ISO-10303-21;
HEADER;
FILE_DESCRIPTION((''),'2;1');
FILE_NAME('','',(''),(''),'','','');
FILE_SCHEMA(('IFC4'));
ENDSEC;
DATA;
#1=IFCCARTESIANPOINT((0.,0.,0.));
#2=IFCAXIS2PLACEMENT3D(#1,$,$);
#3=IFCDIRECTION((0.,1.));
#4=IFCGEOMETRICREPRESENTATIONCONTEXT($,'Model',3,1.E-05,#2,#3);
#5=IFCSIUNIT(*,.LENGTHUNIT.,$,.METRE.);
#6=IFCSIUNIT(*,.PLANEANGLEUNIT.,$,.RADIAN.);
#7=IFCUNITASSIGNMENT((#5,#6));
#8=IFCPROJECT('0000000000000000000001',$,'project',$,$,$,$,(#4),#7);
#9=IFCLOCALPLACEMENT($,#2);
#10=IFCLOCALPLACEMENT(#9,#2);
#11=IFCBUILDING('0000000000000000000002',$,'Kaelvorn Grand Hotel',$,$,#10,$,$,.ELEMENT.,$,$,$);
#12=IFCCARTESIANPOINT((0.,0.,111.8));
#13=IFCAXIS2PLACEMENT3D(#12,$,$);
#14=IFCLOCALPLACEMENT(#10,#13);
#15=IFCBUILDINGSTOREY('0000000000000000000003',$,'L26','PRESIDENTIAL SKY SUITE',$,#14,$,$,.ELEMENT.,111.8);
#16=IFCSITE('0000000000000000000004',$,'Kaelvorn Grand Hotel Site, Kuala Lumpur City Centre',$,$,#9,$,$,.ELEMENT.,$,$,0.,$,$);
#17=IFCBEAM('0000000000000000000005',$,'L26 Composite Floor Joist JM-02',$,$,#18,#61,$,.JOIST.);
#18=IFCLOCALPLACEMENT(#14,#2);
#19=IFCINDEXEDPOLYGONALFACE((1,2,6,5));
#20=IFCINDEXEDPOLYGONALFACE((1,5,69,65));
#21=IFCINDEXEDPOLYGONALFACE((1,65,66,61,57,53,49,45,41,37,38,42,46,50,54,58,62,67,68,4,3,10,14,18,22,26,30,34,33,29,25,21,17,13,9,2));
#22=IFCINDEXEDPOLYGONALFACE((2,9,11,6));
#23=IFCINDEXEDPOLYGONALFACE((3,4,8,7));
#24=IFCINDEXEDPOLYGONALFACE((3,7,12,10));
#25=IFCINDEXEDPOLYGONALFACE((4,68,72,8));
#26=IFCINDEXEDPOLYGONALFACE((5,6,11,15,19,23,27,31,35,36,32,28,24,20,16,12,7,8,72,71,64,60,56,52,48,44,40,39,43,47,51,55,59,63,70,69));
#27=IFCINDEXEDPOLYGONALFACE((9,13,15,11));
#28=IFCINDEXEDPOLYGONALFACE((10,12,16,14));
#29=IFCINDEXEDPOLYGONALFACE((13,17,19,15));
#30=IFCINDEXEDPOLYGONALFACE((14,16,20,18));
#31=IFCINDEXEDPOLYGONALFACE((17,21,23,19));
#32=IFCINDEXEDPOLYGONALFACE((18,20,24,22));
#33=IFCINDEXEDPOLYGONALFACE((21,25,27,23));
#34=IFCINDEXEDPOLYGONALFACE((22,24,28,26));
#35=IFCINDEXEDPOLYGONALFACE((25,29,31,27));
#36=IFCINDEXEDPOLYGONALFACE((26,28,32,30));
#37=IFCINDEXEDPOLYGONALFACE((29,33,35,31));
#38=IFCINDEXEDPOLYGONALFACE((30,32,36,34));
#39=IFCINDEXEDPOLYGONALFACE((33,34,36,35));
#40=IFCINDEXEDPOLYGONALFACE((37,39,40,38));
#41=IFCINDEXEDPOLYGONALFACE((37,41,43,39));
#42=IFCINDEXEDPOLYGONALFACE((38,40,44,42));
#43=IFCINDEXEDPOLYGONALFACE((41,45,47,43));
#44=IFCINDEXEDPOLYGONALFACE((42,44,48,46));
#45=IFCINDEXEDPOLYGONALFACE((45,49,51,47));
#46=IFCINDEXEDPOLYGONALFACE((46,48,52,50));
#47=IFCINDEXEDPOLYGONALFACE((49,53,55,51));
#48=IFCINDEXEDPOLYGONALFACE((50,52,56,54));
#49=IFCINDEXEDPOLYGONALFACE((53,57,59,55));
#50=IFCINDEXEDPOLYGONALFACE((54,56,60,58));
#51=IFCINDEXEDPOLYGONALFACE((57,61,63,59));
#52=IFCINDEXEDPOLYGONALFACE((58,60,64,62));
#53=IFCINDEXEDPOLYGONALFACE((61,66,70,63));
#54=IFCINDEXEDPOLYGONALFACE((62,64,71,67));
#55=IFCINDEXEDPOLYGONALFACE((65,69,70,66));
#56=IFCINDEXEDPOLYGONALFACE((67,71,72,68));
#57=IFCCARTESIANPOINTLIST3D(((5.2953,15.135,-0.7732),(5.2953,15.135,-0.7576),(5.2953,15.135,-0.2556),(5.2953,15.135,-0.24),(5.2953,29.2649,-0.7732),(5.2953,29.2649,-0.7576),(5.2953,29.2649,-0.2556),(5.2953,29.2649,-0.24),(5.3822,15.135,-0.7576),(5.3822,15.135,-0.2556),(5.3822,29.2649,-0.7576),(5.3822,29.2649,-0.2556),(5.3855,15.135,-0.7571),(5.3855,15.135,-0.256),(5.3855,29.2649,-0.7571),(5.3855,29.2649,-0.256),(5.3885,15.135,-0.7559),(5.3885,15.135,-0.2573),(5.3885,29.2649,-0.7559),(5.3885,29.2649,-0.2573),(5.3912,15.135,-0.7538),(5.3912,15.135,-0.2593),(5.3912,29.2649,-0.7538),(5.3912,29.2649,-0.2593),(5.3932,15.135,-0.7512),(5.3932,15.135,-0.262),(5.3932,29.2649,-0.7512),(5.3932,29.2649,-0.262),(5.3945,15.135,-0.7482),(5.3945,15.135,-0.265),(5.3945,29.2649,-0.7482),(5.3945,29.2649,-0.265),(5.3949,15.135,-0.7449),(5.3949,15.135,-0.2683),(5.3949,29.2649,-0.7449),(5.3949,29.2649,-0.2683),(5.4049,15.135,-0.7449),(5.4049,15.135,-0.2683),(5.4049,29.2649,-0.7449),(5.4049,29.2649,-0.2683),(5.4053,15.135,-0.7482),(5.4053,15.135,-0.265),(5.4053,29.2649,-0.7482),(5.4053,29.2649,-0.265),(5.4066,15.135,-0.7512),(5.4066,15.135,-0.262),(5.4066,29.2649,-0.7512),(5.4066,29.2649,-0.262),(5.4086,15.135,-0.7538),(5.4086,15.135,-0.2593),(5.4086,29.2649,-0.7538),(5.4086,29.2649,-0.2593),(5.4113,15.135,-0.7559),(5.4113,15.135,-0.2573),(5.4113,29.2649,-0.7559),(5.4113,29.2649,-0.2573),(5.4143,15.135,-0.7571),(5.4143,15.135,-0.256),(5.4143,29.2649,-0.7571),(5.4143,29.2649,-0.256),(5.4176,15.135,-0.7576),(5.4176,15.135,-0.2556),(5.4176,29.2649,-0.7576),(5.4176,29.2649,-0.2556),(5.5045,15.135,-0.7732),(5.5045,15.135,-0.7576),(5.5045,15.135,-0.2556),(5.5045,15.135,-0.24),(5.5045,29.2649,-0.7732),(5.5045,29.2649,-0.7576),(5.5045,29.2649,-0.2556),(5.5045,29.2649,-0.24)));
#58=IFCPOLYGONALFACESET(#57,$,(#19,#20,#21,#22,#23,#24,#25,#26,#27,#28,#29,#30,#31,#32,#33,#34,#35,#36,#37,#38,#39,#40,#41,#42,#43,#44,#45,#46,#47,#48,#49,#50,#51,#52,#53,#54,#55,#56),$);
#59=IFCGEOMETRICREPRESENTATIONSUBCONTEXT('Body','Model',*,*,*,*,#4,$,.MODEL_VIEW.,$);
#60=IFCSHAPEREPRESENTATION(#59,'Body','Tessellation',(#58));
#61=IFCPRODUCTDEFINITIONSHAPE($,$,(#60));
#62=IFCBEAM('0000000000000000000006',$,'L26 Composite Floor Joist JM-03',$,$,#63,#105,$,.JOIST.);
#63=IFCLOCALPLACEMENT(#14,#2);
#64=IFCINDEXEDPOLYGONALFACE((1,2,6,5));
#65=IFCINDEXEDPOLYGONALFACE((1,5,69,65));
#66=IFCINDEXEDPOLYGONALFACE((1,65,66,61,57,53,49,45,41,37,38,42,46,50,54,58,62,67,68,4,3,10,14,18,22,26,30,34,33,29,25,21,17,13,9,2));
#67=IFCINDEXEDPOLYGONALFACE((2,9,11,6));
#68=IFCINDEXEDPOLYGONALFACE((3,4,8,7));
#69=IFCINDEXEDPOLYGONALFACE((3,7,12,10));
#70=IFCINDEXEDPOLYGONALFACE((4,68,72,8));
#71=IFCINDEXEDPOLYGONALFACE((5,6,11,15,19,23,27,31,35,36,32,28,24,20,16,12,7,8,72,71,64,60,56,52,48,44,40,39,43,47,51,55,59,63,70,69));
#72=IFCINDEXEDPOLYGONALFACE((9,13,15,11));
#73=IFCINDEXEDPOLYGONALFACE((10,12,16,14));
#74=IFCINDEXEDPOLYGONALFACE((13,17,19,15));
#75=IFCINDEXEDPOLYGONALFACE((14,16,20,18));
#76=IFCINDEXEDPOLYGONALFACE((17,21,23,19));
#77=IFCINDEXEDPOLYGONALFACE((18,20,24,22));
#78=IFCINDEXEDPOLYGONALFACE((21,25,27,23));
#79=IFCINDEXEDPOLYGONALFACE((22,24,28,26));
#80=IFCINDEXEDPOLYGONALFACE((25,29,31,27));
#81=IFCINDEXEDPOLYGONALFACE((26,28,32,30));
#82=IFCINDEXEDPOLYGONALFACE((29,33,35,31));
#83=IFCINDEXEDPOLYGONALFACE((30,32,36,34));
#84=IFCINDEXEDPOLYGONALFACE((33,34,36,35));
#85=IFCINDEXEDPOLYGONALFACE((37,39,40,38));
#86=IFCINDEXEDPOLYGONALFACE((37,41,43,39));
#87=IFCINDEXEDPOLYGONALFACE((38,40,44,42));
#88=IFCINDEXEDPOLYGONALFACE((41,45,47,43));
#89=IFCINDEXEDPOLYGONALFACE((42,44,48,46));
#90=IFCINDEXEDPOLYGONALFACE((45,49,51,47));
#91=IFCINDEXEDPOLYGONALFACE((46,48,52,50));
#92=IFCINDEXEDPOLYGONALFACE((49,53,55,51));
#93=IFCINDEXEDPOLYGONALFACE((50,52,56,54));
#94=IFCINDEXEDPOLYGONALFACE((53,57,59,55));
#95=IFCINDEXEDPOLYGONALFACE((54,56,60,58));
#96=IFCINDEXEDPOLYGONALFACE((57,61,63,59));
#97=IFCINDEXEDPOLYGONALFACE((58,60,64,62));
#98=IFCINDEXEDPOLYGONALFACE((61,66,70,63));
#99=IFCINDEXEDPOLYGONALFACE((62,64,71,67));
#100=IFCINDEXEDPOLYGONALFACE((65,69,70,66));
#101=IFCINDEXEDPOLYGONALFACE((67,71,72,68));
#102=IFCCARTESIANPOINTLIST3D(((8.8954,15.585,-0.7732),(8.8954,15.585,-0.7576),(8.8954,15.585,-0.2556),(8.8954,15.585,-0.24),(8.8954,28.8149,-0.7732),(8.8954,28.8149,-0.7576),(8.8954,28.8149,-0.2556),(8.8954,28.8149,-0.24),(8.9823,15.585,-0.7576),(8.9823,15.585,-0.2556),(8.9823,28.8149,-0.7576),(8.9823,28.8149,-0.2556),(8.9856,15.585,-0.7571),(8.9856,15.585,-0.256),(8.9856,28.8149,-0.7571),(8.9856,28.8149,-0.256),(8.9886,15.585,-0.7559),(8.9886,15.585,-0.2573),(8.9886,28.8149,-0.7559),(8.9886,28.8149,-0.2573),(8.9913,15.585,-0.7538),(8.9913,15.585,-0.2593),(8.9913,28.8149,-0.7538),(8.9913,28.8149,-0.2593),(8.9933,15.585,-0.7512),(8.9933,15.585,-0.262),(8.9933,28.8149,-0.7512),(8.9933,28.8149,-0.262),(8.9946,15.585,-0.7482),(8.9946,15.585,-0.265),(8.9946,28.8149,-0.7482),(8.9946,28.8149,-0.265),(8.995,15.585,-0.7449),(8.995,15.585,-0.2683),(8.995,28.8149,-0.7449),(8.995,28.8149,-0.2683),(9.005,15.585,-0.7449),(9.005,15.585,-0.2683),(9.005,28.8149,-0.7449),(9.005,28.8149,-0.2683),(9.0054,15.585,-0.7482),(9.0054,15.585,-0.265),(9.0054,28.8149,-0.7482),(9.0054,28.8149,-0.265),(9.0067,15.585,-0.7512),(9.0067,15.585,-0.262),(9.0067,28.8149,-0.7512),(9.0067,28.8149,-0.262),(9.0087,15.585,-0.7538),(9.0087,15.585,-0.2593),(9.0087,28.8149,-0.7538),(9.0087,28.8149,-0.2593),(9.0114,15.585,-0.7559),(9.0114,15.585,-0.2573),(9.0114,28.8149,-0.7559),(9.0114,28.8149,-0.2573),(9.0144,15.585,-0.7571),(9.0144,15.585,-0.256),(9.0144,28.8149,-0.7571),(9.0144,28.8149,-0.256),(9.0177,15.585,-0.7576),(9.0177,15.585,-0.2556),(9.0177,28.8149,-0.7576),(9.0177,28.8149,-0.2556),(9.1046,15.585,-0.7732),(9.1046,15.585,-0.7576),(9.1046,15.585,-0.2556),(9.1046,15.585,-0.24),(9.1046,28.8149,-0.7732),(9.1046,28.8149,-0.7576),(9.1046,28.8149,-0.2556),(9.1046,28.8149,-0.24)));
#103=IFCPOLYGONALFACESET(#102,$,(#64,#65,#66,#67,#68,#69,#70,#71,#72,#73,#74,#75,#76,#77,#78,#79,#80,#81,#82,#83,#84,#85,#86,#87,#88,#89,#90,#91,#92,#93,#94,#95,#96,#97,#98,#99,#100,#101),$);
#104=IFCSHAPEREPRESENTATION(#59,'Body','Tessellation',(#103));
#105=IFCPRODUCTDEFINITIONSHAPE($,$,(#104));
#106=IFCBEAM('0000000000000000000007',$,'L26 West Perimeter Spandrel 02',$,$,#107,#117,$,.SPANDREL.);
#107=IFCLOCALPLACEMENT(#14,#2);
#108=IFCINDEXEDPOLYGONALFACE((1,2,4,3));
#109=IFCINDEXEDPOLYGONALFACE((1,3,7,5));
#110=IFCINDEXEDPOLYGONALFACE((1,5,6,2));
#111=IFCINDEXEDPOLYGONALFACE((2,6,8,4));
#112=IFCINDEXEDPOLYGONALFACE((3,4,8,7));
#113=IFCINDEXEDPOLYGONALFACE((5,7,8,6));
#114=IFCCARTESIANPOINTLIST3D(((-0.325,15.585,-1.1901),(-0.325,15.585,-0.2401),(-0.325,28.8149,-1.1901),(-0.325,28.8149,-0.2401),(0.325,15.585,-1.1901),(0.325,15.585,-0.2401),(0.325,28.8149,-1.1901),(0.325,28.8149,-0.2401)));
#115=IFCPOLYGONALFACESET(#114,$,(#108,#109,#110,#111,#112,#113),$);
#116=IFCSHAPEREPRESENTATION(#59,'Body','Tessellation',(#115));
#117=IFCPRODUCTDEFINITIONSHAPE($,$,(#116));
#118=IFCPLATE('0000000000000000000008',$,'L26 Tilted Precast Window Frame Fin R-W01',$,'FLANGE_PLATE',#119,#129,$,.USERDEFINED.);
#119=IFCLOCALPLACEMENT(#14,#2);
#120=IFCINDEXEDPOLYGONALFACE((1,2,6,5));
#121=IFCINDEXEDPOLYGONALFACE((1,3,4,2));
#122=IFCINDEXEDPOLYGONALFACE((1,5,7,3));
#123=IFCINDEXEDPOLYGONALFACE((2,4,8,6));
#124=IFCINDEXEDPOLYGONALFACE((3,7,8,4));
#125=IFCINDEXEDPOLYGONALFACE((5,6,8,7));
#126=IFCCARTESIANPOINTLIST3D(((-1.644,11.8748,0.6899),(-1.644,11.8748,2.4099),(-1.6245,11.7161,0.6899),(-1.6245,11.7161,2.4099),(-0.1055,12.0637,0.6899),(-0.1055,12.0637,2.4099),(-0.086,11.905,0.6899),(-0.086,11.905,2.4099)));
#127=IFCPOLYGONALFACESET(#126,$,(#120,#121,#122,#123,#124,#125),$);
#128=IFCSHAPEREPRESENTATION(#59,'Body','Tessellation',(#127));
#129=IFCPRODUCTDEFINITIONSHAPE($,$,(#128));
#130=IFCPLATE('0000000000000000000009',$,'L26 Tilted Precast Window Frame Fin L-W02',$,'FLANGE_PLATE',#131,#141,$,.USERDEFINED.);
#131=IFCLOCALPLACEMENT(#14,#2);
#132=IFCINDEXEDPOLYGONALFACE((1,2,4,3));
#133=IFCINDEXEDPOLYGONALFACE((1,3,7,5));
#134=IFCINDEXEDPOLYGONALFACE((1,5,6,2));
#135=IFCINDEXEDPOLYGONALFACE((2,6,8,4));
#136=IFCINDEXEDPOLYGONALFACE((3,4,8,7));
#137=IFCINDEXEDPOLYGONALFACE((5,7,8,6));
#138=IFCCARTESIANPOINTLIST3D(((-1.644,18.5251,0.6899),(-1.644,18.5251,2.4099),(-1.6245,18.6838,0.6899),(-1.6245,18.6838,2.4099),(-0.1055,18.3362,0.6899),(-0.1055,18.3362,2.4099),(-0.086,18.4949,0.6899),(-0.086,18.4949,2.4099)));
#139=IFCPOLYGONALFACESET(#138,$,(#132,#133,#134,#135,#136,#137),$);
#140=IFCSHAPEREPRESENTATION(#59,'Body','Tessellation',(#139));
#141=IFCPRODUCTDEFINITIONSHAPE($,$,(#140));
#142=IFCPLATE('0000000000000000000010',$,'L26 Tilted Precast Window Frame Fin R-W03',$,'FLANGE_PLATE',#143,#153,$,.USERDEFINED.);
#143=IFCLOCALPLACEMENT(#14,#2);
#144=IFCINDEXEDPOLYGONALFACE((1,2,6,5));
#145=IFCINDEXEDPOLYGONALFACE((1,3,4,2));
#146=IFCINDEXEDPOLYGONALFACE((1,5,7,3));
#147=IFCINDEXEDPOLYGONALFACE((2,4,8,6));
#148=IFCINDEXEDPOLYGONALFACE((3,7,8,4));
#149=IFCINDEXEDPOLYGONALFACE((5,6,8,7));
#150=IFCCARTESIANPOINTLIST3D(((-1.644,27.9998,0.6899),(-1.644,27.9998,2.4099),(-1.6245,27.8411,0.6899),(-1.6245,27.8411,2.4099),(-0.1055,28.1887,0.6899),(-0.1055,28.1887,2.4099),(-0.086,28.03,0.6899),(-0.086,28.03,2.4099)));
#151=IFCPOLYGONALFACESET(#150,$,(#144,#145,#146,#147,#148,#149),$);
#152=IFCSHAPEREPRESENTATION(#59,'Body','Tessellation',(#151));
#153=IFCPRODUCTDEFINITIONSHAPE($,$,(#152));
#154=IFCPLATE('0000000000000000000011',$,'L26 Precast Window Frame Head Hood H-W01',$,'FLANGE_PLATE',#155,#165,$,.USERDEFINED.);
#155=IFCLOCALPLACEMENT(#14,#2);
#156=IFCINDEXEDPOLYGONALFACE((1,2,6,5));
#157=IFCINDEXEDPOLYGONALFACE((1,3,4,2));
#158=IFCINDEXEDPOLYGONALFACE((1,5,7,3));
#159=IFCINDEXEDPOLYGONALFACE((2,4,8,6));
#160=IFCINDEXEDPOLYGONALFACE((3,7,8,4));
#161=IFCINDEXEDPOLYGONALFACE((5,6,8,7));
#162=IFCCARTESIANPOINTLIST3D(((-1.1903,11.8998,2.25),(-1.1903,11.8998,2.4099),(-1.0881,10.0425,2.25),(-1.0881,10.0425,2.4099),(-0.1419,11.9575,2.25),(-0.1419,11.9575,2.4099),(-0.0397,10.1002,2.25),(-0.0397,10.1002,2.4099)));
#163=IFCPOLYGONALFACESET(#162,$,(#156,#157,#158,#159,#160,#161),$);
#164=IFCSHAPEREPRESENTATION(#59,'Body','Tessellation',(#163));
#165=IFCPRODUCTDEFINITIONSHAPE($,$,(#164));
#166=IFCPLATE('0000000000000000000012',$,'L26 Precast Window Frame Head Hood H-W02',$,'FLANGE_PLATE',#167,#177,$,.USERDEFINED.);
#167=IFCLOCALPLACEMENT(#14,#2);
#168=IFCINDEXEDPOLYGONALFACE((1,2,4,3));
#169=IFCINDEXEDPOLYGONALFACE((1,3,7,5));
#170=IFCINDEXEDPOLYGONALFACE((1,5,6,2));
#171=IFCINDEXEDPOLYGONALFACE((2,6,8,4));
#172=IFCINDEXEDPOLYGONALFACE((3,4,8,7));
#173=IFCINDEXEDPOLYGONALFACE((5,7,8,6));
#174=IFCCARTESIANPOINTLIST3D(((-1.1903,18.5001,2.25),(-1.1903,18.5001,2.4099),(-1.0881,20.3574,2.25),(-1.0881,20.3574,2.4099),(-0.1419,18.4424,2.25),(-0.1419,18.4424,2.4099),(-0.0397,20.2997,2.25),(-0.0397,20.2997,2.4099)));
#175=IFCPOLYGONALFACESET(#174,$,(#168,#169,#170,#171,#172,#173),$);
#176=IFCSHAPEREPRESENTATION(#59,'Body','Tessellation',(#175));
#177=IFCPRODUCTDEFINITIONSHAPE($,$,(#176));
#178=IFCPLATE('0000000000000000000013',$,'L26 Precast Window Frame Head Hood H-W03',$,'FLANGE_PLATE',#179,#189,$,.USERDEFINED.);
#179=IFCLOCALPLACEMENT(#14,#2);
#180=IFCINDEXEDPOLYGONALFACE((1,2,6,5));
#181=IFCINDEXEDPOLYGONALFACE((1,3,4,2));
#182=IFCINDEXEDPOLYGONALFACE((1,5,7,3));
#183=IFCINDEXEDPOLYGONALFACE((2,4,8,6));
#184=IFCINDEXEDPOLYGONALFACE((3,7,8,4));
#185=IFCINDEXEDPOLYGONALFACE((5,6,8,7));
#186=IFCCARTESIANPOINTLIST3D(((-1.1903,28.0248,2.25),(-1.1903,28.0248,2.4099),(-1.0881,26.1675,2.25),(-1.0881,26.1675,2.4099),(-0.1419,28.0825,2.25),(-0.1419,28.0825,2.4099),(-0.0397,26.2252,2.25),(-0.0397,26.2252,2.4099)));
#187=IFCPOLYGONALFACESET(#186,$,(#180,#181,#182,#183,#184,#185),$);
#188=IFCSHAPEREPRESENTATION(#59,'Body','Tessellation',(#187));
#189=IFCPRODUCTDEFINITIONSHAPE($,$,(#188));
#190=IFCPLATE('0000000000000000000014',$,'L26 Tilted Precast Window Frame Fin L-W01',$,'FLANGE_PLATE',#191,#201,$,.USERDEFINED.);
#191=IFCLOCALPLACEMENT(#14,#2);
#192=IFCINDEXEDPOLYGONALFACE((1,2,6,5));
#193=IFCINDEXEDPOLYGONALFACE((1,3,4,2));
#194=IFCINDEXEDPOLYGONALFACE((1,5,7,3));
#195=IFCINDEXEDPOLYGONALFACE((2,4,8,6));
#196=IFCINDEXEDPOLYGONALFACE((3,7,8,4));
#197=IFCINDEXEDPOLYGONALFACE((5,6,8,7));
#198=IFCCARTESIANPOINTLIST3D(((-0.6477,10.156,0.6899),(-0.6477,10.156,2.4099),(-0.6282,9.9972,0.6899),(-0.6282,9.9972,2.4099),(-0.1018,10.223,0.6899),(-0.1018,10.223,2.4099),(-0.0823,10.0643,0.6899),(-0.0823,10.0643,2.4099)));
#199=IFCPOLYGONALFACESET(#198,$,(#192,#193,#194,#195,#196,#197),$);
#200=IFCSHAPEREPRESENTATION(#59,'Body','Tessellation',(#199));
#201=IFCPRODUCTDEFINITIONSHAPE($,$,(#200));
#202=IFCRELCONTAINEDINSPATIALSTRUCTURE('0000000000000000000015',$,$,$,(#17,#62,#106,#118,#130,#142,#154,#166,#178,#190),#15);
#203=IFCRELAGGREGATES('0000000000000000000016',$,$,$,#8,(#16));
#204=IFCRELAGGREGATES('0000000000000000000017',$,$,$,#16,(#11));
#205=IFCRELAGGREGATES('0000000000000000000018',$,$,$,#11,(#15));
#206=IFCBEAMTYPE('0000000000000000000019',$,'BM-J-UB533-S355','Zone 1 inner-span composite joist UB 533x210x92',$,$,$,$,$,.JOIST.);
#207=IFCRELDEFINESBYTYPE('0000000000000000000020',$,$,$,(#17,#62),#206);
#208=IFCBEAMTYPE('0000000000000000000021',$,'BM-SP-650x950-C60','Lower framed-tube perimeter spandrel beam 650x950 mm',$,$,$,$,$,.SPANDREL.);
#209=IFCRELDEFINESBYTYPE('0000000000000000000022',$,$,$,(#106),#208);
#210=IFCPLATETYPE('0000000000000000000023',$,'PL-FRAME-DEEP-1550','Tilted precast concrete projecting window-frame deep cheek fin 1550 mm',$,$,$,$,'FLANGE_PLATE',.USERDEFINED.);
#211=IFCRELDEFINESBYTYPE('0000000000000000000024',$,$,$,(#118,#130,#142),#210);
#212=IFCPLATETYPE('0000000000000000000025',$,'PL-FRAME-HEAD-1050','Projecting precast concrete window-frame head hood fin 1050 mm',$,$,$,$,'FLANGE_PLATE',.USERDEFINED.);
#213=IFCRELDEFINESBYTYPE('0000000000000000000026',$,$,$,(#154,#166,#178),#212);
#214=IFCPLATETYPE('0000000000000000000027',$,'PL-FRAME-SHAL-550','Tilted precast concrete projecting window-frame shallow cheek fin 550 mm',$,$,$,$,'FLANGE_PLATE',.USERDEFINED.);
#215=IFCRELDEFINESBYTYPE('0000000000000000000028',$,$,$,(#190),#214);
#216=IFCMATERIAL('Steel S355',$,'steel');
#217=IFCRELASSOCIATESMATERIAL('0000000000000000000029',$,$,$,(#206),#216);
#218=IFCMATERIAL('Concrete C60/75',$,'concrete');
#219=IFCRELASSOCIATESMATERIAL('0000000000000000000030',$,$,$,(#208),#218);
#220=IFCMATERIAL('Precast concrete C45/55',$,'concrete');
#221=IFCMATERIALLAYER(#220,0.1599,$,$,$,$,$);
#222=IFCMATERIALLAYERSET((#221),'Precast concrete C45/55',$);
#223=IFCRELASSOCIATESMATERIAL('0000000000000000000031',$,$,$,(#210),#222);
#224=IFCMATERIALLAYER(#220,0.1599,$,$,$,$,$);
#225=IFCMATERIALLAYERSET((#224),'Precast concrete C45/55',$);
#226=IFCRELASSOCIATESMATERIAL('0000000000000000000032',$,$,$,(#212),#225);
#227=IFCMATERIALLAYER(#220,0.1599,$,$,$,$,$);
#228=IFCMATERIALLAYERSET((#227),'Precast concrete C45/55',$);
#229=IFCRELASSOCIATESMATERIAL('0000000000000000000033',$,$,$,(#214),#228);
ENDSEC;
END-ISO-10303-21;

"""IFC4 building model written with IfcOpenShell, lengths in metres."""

from ifc_helpers import new_model, si_unit, direction, frame, origin, origin_2d, place, context, subcontext, project, spatial, rectangle, i_section, extrude, material, layer, layer_set, material_profile, profile_set, type_object, element, save


model = new_model("IFC4")

# Units and contexts
model_context = context("Model", 3, precision=1e-05, world=origin(), true_north=direction((0.0, 1.0)))
body_context = subcontext(model_context, "Body", "Model", "MODEL_VIEW")
ifc_project = project(units=[si_unit("LENGTHUNIT", "METRE"), si_unit("PLANEANGLEUNIT", "RADIAN")], contexts=[model_context])

# Site, building, storey
site_placement = place(None, origin())
site = spatial("IfcSite", under=ifc_project, at=site_placement, Name="Kaelvorn Grand Hotel Site, Kuala Lumpur City Centre", CompositionType="ELEMENT", RefElevation=0.0)
building_placement = place(site_placement, origin())
building = spatial("IfcBuilding", under=site, at=building_placement, Name="Kaelvorn Grand Hotel", CompositionType="ELEMENT")
storey_placement = place(building_placement, frame((0.0, 0.0, 111.8)))
storey = spatial("IfcBuildingStorey", under=building, at=storey_placement, Name="L26", Description="PRESIDENTIAL SKY SUITE", CompositionType="ELEMENT", Elevation=111.8)

# Shared definitions
ifc_material_1 = material(Name="Concrete C60/75", Category="concrete")

# Beams
ifc_material_2 = material(Name="Steel S355", Category="steel")
ifc_material_profile_1 = material_profile(ifc_material_2, i_section(OverallWidth=0.2092, OverallDepth=0.5332, WebThickness=0.01, FlangeThickness=0.0156, FilletRadius=0.0127, at=origin_2d()), Name="UB 533x210x92")
ifc_profile_set_1 = profile_set([ifc_material_profile_1], Name="Steel S355")
beam_type_1 = type_object("IfcBeamType", Name="BM-J-UB533-S355", Description="Zone 1 inner-span composite joist UB 533x210x92", PredefinedType="JOIST", material=ifc_profile_set_1)
beam_1_placement = place(storey_placement, frame((5.3999, 15.135, -0.5066), z_axis=(0.0, 1.0, 0.0), x_axis=(-1.0, 0.0, 0.0)))
element("IfcBeam", 1, at=beam_1_placement, inside=storey, type_object=beam_type_1, Name="L26 Composite Floor Joist JM-02", PredefinedType="JOIST", context=body_context, shape_type="SweptSolid", body=[
    extrude(i_section(OverallWidth=0.2092, OverallDepth=0.5332, WebThickness=0.01, FlangeThickness=0.0156, FilletRadius=0.0127, at=origin_2d()), origin(), (0.0, 0.0, 1.0), 14.1299),
])
beam_2_placement = place(storey_placement, frame((9.0, 15.585, -0.5066), z_axis=(0.0, 1.0, 0.0), x_axis=(-1.0, 0.0, 0.0)))
element("IfcBeam", 2, at=beam_2_placement, inside=storey, type_object=beam_type_1, Name="L26 Composite Floor Joist JM-03", PredefinedType="JOIST", context=body_context, shape_type="SweptSolid", body=[
    extrude(i_section(OverallWidth=0.2092, OverallDepth=0.5332, WebThickness=0.01, FlangeThickness=0.0156, FilletRadius=0.0127, at=origin_2d()), origin(), (0.0, 0.0, 1.0), 13.23),
])
ifc_material_profile_2 = material_profile(ifc_material_1, rectangle(XDim=0.6499, YDim=0.95, at=origin_2d()), Name="RC SPANDREL 650x950")
ifc_profile_set_2 = profile_set([ifc_material_profile_2], Name="Concrete C60/75")
beam_type_2 = type_object("IfcBeamType", Name="BM-SP-650x950-C60", Description="Lower framed-tube perimeter spandrel beam 650x950 mm", PredefinedType="SPANDREL", material=ifc_profile_set_2)
beam_3_placement = place(storey_placement, frame((0.0, 15.585, -0.7151), z_axis=(0.0, 1.0, 0.0), x_axis=(-1.0, 0.0, 0.0)))
element("IfcBeam", 3, at=beam_3_placement, inside=storey, type_object=beam_type_2, Name="L26 West Perimeter Spandrel 02", PredefinedType="SPANDREL", context=body_context, shape_type="SweptSolid", body=[
    extrude(rectangle(XDim=0.6499, YDim=0.95, at=origin_2d()), origin(), (0.0, 0.0, 1.0), 13.23),
])

# Plates
ifc_material_3 = material(Name="Precast concrete C45/55", Category="concrete")
ifc_layer_1 = layer(ifc_material_3, 0.1599)
ifc_layer_set_1 = layer_set([ifc_layer_1], Name="Precast concrete C45/55")
plate_type_1 = type_object("IfcPlateType", Name="PL-FRAME-DEEP-1550", Description="Tilted precast concrete projecting window-frame deep cheek fin 1550 mm", ElementType="FLANGE_PLATE", PredefinedType="USERDEFINED", material=ifc_layer_set_1)
for number, where, z_axis, x_axis, name in (
    (4, (-0.865, 11.8899, 0.6899), (0.0, 0.0, 1.0), (-0.121869, 0.992546, 0.0), "L26 Tilted Precast Window Frame Fin R-W01"),
    (5, (-0.865, 18.51, 0.6899), (0.0, 0.0, 1.0), (0.121869, 0.992546, 0.0), "L26 Tilted Precast Window Frame Fin L-W02"),
    (6, (-0.865, 28.0149, 0.6899), (0.0, 0.0, 1.0), (-0.121869, 0.992546, 0.0), "L26 Tilted Precast Window Frame Fin R-W03"),
):
    element("IfcPlate", number, at=place(storey_placement, frame(where, z_axis=z_axis, x_axis=x_axis)), inside=storey, type_object=plate_type_1, Name=name, ObjectType="FLANGE_PLATE", PredefinedType="USERDEFINED", context=body_context, shape_type="SweptSolid", body=[
        extrude(rectangle(XDim=0.1599, YDim=1.55, at=origin_2d()), origin(), (0.0, 0.0, 1.0), 1.72),
    ])
ifc_layer_2 = layer(ifc_material_3, 0.1599)
ifc_layer_set_2 = layer_set([ifc_layer_2], Name="Precast concrete C45/55")
plate_type_2 = type_object("IfcPlateType", Name="PL-FRAME-HEAD-1050", Description="Projecting precast concrete window-frame head hood fin 1050 mm", ElementType="FLANGE_PLATE", PredefinedType="USERDEFINED", material=ifc_layer_set_2)
for number, where, z_axis, x_axis, name in (
    (7, (-0.615, 11.0, 2.25), (0.0, 0.0, 1.0), (-0.05495, 0.998489, 0.0), "L26 Precast Window Frame Head Hood H-W01"),
    (8, (-0.615, 19.3999, 2.25), (0.0, 0.0, 1.0), (0.05495, 0.998489, 0.0), "L26 Precast Window Frame Head Hood H-W02"),
    (9, (-0.615, 27.125, 2.25), (0.0, 0.0, 1.0), (-0.05495, 0.998489, 0.0), "L26 Precast Window Frame Head Hood H-W03"),
):
    element("IfcPlate", number, at=place(storey_placement, frame(where, z_axis=z_axis, x_axis=x_axis)), inside=storey, type_object=plate_type_2, Name=name, ObjectType="FLANGE_PLATE", PredefinedType="USERDEFINED", context=body_context, shape_type="SweptSolid", body=[
        extrude(rectangle(XDim=1.8601, YDim=1.05, at=origin_2d()), origin(), (0.0, 0.0, 1.0), 0.1599),
    ])
ifc_layer_3 = layer(ifc_material_3, 0.1599)
ifc_layer_set_3 = layer_set([ifc_layer_3], Name="Precast concrete C45/55")
plate_type_3 = type_object("IfcPlateType", Name="PL-FRAME-SHAL-550", Description="Tilted precast concrete projecting window-frame shallow cheek fin 550 mm", ElementType="FLANGE_PLATE", PredefinedType="USERDEFINED", material=ifc_layer_set_3)
for number, where, z_axis, x_axis, name in (
    (10, (-0.365, 10.1101, 0.6899), (0.0, 0.0, 1.0), (-0.121869, 0.992546, 0.0), "L26 Tilted Precast Window Frame Fin L-W01"),
):
    element("IfcPlate", number, at=place(storey_placement, frame(where, z_axis=z_axis, x_axis=x_axis)), inside=storey, type_object=plate_type_3, Name=name, ObjectType="FLANGE_PLATE", PredefinedType="USERDEFINED", context=body_context, shape_type="SweptSolid", body=[
        extrude(rectangle(XDim=0.1599, YDim=0.55, at=origin_2d()), origin(), (0.0, 0.0, 1.0), 1.72),
    ])

save(model, "model.ifc")
